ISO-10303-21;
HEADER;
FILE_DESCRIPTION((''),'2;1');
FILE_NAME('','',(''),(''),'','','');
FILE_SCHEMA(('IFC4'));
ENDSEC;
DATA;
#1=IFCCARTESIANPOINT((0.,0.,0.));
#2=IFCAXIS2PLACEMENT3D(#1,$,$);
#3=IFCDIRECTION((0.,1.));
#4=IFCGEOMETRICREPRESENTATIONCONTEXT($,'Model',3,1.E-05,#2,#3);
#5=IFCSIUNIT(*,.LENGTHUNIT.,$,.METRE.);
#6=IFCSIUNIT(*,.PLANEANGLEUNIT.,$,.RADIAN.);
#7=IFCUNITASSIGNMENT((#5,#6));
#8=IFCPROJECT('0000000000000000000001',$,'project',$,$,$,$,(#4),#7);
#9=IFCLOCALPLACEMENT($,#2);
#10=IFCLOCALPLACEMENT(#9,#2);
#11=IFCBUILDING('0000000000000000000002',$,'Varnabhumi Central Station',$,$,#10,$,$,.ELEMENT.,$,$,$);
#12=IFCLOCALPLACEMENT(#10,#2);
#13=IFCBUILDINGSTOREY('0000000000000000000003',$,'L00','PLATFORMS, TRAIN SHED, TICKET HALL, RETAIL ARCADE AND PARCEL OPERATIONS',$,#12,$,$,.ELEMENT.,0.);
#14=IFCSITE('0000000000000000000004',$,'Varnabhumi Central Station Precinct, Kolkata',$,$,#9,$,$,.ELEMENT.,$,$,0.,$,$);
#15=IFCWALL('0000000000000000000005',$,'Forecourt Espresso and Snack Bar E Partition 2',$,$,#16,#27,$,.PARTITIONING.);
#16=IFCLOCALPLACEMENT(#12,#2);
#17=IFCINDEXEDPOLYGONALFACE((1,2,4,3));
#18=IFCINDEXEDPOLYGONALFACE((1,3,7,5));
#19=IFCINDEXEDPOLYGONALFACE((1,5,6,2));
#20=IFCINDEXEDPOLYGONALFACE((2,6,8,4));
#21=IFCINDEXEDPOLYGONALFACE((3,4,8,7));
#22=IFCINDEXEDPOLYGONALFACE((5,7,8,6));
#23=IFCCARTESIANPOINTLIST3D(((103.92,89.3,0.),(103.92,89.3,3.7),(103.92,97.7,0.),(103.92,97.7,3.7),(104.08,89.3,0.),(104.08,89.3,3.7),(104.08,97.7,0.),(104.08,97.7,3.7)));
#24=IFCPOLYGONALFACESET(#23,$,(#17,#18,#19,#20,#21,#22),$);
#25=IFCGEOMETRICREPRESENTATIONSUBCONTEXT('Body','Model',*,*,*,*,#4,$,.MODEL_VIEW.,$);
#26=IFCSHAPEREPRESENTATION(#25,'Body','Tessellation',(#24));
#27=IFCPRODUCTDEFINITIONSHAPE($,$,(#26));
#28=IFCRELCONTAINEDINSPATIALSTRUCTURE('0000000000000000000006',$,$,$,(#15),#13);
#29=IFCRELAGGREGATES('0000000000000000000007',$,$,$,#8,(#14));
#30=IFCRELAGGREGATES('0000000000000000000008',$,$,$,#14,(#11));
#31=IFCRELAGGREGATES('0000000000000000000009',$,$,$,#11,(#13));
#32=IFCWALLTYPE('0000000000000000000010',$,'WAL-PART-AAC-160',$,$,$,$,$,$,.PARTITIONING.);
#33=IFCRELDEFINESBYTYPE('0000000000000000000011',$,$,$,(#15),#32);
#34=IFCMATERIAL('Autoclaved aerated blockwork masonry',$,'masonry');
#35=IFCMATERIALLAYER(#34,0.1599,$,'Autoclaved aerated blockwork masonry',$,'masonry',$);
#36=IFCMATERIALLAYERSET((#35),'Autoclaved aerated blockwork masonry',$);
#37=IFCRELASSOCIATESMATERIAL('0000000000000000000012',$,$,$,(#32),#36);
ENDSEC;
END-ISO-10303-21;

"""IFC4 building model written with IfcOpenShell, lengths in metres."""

from ifc_helpers import new_model, si_unit, direction, frame, frame_2d, origin, place, context, subcontext, project, spatial, rectangle, extrude, material, layer, layer_set, type_object, element, save


model = new_model("IFC4")

# Units and contexts
model_context = context("Model", 3, precision=1e-05, world=origin(), true_north=direction((0.0, 1.0)))
body_context = subcontext(model_context, "Body", "Model", "MODEL_VIEW")
ifc_project = project(units=[si_unit("LENGTHUNIT", "METRE"), si_unit("PLANEANGLEUNIT", "RADIAN")], contexts=[model_context])

# Site, building, storey
site_placement = place(None, origin())
site = spatial("IfcSite", under=ifc_project, at=site_placement, Name="Varnabhumi Central Station Precinct, Kolkata", CompositionType="ELEMENT", RefElevation=0.0)
building_placement = place(site_placement, origin())
building = spatial("IfcBuilding", under=site, at=building_placement, Name="Varnabhumi Central Station", CompositionType="ELEMENT")
storey_placement = place(building_placement, origin())
storey = spatial("IfcBuildingStorey", under=building, at=storey_placement, Name="L00", Description="PLATFORMS, TRAIN SHED, TICKET HALL, RETAIL ARCADE AND PARCEL OPERATIONS", CompositionType="ELEMENT", Elevation=0.0)

# Shared definitions
ifc_material_1 = material(Name="Autoclaved aerated blockwork masonry", Category="masonry")
ifc_layer_1 = layer(ifc_material_1, 0.1599, Name="Autoclaved aerated blockwork masonry", Category="masonry")
ifc_layer_set_1 = layer_set([ifc_layer_1], Name="Autoclaved aerated blockwork masonry")
wall_type = type_object("IfcWallType", Name="WAL-PART-AAC-160", PredefinedType="PARTITIONING", material=ifc_layer_set_1)

# Wall
wall_1_placement = place(storey_placement, frame((104.0, 89.3, 0.0), z_axis=(0.0, 0.0, 1.0), x_axis=(0.0, 1.0, 0.0)))
element("IfcWall", 1, at=wall_1_placement, inside=storey, type_object=wall_type, Name="Forecourt Espresso and Snack Bar E Partition 2", PredefinedType="PARTITIONING", context=body_context, shape_type="SweptSolid", body=[
    extrude(rectangle(XDim=8.3999, YDim=0.1599, at=frame_2d((4.2, 0.0))), origin(), (0.0, 0.0, 1.0), 3.7),
])

save(model, "model.ifc")
